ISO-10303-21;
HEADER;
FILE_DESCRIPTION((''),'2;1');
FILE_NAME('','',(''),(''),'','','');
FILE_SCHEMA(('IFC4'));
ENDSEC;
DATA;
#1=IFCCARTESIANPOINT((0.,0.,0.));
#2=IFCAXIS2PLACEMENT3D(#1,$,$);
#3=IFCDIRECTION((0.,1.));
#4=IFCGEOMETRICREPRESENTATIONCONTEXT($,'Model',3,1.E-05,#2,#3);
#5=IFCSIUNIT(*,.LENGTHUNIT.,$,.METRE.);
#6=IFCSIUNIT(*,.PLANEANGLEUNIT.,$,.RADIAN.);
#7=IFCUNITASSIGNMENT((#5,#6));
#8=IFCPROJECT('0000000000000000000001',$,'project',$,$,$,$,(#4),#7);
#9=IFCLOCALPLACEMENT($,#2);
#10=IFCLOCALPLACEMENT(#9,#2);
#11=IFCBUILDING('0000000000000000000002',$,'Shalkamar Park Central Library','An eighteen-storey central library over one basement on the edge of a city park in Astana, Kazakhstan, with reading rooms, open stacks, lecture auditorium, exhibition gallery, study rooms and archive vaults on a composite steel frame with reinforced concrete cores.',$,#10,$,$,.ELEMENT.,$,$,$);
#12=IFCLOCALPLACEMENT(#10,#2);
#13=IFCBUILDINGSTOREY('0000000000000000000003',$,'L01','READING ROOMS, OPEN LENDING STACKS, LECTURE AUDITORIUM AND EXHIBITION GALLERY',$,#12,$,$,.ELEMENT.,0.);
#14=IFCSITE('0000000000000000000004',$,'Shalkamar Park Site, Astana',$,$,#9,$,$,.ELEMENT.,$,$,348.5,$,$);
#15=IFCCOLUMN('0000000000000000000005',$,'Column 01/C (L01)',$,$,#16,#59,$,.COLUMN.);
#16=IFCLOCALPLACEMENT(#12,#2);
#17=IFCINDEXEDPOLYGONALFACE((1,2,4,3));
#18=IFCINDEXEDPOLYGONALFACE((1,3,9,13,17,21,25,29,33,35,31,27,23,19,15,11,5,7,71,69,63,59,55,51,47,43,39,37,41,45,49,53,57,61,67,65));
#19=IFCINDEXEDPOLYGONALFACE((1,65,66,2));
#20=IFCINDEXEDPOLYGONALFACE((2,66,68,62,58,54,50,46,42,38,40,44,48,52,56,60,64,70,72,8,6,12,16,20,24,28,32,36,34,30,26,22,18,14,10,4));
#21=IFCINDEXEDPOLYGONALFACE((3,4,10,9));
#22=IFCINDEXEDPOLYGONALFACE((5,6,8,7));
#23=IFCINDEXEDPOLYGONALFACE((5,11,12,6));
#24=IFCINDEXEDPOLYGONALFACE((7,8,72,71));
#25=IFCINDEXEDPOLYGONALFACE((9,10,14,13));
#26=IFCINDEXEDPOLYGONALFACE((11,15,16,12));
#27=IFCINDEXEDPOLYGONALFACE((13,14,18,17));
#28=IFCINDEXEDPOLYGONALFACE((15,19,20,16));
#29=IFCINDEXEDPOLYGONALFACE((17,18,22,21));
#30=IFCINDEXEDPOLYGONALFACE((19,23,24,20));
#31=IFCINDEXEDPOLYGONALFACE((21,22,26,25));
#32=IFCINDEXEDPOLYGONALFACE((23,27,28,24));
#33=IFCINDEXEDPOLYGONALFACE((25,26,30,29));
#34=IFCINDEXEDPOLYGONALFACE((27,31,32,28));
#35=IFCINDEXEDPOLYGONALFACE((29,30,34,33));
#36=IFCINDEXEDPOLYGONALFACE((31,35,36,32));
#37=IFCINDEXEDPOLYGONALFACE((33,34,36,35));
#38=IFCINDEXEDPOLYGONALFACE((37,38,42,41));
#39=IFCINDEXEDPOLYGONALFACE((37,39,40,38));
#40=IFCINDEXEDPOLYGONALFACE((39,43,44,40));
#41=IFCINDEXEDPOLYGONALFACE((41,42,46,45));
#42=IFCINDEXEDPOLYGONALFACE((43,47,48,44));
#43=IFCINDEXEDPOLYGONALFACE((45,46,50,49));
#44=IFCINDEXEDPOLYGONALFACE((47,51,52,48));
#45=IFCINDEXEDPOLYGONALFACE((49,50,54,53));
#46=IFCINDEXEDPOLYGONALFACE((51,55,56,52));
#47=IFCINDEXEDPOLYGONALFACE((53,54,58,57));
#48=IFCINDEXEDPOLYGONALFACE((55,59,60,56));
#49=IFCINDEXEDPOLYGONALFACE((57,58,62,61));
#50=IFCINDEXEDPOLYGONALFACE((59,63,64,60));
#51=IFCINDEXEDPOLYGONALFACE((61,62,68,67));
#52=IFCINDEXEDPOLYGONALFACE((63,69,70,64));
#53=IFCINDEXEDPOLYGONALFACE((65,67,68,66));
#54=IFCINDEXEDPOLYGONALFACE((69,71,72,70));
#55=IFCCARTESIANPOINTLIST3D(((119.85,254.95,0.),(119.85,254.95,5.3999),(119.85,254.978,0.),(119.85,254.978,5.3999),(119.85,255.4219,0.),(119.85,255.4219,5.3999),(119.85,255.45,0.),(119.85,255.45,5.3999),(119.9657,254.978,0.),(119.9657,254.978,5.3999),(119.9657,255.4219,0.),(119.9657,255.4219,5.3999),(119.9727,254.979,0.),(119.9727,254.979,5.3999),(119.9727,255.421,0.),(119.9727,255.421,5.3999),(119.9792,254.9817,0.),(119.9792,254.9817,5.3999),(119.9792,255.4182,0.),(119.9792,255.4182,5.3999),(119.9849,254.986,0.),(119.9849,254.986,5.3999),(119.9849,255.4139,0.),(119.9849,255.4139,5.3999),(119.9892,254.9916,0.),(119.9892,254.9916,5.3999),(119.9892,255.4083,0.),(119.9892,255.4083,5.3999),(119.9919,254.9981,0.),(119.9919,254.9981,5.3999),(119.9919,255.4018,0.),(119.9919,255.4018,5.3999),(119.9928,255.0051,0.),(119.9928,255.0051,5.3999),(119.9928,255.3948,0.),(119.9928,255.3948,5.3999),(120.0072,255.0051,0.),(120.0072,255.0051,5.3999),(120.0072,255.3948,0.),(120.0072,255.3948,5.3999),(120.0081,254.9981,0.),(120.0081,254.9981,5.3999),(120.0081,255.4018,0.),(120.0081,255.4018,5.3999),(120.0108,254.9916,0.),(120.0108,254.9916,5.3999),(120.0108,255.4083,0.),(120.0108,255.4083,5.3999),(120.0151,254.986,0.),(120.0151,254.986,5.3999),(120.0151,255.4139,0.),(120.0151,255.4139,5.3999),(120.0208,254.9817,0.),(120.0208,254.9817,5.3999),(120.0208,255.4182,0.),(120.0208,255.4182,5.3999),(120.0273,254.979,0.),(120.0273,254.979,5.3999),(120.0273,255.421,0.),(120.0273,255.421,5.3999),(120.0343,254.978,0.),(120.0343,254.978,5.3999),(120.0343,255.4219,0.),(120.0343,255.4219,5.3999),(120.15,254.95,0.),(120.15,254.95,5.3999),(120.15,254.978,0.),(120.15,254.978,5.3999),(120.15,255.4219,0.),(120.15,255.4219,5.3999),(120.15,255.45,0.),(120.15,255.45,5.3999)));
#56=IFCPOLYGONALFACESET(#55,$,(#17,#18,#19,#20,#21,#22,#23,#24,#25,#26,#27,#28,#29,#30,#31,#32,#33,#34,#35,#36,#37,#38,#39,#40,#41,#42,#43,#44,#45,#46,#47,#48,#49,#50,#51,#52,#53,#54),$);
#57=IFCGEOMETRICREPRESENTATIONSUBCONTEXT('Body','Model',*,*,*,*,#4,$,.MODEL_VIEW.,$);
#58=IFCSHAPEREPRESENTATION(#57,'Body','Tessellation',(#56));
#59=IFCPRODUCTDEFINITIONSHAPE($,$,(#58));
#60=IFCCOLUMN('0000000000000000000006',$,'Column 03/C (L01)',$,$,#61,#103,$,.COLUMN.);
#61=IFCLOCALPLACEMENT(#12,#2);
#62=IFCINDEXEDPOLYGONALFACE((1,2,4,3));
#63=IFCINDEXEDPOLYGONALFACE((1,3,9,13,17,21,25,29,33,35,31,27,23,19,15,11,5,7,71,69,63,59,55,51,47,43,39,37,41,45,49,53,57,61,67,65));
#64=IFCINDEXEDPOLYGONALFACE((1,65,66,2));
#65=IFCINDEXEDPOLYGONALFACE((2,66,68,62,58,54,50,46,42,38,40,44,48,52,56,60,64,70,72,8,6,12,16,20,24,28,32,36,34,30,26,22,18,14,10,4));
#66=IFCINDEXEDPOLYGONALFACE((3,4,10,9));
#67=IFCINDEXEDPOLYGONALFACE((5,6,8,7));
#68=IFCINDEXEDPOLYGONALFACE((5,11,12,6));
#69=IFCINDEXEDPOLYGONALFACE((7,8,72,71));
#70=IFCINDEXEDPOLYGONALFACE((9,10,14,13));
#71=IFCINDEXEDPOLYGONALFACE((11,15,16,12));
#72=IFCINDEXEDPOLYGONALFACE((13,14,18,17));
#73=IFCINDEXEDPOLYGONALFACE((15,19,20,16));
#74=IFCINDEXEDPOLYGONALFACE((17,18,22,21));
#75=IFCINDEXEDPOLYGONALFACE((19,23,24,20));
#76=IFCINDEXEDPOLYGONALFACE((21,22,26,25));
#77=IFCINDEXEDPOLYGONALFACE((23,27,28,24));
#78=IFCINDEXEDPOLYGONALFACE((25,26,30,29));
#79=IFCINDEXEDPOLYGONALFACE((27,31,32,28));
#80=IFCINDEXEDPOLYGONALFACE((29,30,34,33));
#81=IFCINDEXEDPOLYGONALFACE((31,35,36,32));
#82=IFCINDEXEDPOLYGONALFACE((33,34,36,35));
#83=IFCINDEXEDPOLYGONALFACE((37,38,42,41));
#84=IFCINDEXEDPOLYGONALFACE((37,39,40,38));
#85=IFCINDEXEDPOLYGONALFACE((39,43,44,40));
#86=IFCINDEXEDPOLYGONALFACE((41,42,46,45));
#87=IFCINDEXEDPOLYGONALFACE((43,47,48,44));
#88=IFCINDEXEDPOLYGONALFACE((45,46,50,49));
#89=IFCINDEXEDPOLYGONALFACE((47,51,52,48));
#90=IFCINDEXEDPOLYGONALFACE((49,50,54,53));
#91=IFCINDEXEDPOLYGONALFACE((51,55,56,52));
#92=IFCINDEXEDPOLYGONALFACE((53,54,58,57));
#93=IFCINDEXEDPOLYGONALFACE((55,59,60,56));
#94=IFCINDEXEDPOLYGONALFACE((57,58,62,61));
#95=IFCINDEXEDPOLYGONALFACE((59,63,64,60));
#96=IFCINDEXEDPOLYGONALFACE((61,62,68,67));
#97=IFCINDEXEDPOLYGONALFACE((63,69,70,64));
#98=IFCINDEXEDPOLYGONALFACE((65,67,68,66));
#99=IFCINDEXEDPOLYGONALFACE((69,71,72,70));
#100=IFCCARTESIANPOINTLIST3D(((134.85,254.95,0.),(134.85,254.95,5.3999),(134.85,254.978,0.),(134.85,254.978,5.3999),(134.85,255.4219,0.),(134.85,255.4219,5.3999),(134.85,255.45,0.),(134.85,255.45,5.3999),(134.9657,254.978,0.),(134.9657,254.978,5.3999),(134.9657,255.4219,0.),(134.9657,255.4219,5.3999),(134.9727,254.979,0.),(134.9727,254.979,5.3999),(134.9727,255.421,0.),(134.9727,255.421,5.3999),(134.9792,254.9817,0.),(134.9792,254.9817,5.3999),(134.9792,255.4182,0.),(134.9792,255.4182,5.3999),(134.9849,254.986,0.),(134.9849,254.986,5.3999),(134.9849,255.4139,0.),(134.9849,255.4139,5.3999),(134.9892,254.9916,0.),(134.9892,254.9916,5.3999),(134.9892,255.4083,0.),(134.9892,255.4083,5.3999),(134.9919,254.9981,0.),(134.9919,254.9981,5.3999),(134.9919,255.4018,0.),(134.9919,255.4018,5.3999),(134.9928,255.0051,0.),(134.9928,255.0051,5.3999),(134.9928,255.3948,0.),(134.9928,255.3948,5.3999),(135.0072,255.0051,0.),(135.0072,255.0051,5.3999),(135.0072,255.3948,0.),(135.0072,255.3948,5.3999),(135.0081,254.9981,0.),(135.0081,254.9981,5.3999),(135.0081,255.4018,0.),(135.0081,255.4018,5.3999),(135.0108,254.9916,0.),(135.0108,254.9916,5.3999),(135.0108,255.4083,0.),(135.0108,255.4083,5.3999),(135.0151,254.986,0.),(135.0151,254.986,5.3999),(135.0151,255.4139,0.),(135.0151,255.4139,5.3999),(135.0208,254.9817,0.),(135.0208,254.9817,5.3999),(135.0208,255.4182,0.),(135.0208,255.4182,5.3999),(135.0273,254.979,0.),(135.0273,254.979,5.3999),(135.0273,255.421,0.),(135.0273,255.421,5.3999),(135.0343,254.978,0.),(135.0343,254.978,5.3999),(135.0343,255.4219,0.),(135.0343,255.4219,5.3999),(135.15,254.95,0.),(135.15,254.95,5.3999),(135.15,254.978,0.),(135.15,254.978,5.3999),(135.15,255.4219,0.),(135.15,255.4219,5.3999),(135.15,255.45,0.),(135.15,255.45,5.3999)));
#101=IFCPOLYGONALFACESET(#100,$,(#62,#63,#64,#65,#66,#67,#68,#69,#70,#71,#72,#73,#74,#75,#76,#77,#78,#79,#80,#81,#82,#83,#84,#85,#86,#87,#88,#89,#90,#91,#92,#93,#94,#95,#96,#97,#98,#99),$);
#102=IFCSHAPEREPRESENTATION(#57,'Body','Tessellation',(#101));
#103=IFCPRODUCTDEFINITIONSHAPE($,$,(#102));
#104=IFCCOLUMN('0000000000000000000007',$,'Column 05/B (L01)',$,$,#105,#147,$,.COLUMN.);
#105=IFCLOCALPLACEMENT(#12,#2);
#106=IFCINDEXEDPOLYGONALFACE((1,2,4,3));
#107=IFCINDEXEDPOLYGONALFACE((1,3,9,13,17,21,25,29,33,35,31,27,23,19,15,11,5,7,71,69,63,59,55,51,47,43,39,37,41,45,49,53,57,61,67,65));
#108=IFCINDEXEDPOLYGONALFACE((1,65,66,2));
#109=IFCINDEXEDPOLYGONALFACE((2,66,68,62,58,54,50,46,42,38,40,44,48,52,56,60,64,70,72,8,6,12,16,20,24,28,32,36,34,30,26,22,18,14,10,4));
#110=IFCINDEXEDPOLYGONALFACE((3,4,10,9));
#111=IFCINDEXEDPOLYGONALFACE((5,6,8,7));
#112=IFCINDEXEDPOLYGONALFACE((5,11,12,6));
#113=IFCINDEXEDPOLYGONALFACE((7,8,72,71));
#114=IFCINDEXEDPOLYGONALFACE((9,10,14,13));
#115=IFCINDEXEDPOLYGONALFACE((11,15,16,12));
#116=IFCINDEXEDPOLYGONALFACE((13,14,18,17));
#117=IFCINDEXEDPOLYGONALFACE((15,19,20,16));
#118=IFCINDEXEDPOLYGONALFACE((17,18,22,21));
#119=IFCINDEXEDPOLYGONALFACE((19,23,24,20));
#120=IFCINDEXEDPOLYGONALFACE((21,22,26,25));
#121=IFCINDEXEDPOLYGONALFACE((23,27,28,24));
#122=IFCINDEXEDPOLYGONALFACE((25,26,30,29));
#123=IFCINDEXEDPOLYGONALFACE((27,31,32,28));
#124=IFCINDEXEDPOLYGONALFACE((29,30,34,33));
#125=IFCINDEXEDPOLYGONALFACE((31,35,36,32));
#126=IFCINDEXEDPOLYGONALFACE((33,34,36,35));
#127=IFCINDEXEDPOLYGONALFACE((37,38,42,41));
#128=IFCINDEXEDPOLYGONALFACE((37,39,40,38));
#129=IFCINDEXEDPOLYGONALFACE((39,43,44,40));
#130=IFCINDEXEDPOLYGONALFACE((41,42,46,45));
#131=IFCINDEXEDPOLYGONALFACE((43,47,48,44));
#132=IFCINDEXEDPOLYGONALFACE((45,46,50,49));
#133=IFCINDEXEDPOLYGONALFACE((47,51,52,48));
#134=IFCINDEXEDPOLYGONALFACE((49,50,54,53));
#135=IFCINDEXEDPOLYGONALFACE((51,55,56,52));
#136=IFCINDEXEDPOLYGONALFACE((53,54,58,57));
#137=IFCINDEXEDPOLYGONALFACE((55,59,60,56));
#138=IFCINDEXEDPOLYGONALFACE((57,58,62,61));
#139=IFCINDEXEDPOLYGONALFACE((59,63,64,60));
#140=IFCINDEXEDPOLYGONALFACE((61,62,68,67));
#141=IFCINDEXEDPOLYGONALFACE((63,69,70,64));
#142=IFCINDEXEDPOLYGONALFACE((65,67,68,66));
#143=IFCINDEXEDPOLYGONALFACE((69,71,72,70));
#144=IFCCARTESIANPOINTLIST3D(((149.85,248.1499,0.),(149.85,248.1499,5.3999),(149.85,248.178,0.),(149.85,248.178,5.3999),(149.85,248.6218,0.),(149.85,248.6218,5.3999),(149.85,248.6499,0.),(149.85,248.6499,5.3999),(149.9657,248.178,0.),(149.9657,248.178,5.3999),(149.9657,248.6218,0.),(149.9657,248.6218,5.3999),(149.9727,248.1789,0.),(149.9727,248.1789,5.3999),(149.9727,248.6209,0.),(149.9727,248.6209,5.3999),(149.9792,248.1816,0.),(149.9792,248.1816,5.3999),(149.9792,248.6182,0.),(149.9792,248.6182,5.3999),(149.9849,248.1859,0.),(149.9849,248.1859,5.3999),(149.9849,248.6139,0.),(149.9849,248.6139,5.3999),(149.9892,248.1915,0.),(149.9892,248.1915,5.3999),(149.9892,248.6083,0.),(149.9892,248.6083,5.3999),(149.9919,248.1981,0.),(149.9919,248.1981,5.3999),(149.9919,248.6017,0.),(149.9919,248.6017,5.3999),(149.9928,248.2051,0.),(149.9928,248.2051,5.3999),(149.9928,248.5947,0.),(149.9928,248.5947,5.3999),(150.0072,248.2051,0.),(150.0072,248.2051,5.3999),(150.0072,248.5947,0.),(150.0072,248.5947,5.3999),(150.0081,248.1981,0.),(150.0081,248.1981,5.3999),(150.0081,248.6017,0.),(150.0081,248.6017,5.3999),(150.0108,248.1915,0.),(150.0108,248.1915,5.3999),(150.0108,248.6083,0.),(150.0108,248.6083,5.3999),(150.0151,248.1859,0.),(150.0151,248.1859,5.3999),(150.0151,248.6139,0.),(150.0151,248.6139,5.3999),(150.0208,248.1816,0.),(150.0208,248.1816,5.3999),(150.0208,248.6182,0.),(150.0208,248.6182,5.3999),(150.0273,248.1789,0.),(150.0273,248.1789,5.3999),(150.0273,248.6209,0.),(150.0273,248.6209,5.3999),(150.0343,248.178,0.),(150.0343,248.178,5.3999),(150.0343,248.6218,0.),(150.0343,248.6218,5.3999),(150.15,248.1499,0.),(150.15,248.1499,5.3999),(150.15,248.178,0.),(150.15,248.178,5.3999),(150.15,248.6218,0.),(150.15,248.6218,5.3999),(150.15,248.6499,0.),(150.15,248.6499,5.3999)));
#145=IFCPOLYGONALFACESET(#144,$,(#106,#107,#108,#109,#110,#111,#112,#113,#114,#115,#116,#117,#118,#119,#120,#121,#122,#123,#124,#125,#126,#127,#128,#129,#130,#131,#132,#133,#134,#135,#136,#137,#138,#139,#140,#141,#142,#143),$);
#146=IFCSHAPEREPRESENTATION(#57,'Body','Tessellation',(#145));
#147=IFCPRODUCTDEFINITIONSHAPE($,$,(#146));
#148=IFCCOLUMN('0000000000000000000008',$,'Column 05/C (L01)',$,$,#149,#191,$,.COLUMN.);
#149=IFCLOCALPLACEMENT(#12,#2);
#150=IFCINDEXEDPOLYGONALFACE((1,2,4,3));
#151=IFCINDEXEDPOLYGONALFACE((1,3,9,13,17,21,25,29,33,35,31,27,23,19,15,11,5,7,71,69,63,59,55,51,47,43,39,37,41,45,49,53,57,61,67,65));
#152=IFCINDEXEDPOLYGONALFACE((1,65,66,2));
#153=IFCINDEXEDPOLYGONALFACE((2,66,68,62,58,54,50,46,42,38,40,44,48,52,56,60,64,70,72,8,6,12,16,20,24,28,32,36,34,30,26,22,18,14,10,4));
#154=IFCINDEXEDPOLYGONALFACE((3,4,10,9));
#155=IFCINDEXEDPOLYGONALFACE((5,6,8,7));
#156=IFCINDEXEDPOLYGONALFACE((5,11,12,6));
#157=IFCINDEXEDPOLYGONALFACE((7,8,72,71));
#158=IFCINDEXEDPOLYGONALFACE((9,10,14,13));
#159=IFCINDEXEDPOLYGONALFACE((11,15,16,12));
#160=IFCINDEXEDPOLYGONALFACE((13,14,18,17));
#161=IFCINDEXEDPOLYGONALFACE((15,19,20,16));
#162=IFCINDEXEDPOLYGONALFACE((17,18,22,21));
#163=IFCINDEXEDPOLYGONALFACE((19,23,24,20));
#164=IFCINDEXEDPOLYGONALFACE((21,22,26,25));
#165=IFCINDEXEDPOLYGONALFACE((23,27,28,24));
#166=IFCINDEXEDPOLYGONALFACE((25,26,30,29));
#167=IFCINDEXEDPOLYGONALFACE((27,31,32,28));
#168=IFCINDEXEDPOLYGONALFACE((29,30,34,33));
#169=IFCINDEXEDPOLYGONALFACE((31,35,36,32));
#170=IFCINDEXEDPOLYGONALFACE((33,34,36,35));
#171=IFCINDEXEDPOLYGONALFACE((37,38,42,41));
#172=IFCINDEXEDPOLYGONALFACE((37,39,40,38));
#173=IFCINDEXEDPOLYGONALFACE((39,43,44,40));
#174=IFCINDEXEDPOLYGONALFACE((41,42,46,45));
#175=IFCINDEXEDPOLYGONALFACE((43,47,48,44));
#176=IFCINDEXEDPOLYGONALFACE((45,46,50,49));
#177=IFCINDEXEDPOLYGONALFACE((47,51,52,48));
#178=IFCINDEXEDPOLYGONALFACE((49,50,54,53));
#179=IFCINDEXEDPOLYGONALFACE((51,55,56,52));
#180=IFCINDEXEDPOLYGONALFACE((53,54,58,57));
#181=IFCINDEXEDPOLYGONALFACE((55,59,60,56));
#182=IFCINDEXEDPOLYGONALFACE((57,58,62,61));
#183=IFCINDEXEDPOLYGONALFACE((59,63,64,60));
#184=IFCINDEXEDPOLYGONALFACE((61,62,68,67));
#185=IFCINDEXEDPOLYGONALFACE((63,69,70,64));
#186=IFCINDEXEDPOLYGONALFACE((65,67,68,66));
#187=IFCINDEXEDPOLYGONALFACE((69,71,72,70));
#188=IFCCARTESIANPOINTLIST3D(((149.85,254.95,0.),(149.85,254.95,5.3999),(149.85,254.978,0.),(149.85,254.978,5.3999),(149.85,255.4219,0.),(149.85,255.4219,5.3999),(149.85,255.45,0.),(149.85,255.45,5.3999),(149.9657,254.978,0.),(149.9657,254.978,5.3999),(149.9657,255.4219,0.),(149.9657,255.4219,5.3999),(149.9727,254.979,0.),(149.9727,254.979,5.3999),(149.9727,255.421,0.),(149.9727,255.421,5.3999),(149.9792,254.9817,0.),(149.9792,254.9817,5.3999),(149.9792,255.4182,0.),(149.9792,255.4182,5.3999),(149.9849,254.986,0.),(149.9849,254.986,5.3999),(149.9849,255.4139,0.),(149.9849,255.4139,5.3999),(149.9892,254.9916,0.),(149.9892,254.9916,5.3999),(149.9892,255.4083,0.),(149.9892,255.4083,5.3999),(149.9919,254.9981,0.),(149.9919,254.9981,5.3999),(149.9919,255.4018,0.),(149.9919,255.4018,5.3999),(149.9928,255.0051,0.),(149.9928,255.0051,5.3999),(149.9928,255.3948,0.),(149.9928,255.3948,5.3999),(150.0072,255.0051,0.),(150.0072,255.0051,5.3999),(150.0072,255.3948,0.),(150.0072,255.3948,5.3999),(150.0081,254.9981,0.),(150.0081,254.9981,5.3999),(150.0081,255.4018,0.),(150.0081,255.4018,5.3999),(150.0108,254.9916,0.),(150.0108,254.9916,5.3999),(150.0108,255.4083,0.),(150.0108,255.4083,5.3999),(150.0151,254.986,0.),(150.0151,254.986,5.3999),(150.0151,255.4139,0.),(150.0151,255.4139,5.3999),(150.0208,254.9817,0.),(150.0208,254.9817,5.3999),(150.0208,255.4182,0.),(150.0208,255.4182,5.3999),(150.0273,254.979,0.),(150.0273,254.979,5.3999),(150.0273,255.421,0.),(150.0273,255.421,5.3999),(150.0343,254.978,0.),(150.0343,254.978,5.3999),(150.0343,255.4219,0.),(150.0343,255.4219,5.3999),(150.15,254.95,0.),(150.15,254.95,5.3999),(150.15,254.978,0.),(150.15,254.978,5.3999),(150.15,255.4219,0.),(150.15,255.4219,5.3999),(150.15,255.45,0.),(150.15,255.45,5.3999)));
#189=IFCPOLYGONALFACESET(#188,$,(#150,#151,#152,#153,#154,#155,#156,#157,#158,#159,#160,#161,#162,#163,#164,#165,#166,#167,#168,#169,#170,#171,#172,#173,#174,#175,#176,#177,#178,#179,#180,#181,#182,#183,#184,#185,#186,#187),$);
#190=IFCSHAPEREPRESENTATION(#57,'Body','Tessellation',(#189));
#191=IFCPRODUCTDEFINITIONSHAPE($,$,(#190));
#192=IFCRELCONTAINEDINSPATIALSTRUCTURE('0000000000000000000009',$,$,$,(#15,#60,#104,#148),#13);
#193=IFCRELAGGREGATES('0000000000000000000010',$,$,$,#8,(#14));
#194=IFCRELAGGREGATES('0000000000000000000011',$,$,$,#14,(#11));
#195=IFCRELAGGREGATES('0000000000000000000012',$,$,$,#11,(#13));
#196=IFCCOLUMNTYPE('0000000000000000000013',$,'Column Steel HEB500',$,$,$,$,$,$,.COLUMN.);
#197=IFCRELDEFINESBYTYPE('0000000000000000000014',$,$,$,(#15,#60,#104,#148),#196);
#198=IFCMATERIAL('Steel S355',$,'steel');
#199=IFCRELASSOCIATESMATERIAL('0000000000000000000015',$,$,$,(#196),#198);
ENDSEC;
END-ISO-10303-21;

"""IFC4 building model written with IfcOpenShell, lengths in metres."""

from ifc_helpers import new_model, si_unit, direction, frame, origin, origin_2d, place, context, subcontext, project, spatial, i_section, extrude, material, material_profile, profile_set, type_object, element, save


model = new_model("IFC4")

# Units and contexts
model_context = context("Model", 3, precision=1e-05, world=origin(), true_north=direction((0.0, 1.0)))
body_context = subcontext(model_context, "Body", "Model", "MODEL_VIEW")
ifc_project = project(units=[si_unit("LENGTHUNIT", "METRE"), si_unit("PLANEANGLEUNIT", "RADIAN")], contexts=[model_context])

# Site, building, storey
site_placement = place(None, origin())
site = spatial("IfcSite", under=ifc_project, at=site_placement, Name="Shalkamar Park Site, Astana", CompositionType="ELEMENT", RefElevation=348.5)
building_placement = place(site_placement, origin())
building = spatial("IfcBuilding", under=site, at=building_placement, Name="Shalkamar Park Central Library", Description="An eighteen-storey central library over one basement on the edge of a city park in Astana, Kazakhstan, with reading rooms, open stacks, lecture auditorium, exhibition gallery, study rooms and archive vaults on a composite steel frame with reinforced concrete cores.", CompositionType="ELEMENT")
storey_placement = place(building_placement, origin())
storey = spatial("IfcBuildingStorey", under=building, at=storey_placement, Name="L01", Description="READING ROOMS, OPEN LENDING STACKS, LECTURE AUDITORIUM AND EXHIBITION GALLERY", CompositionType="ELEMENT", Elevation=0.0)

# Columns
ifc_material_1 = material(Name="Steel S355", Category="steel")
ifc_material_profile_1 = material_profile(ifc_material_1, i_section(OverallWidth=0.3, OverallDepth=0.5, WebThickness=0.0144, FlangeThickness=0.0281, FilletRadius=0.0271, at=origin_2d()), Name="HEB 500")
ifc_profile_set_1 = profile_set([ifc_material_profile_1], Name="Steel S355")
column_type_1 = type_object("IfcColumnType", Name="Column Steel HEB500", PredefinedType="COLUMN", material=ifc_profile_set_1)
for number, where, z_axis, x_axis, name in (
    (1, (120.0, 255.2, 0.0), (0.0, 0.0, 1.0), (1.0, 0.0, 0.0), "Column 01/C (L01)"),
    (2, (135.0, 255.2, 0.0), (0.0, 0.0, 1.0), (1.0, 0.0, 0.0), "Column 03/C (L01)"),
    (3, (150.0, 248.3999, 0.0), (0.0, 0.0, 1.0), (1.0, 0.0, 0.0), "Column 05/B (L01)"),
    (4, (150.0, 255.2, 0.0), (0.0, 0.0, 1.0), (1.0, 0.0, 0.0), "Column 05/C (L01)"),
):
    element("IfcColumn", number, at=place(storey_placement, frame(where, z_axis=z_axis, x_axis=x_axis)), inside=storey, type_object=column_type_1, Name=name, PredefinedType="COLUMN", context=body_context, shape_type="SweptSolid", body=[
        extrude(i_section(OverallWidth=0.3, OverallDepth=0.5, WebThickness=0.0144, FlangeThickness=0.0281, FilletRadius=0.0271, at=origin_2d()), origin(), (0.0, 0.0, 1.0), 5.3999),
    ])

save(model, "model.ifc")
